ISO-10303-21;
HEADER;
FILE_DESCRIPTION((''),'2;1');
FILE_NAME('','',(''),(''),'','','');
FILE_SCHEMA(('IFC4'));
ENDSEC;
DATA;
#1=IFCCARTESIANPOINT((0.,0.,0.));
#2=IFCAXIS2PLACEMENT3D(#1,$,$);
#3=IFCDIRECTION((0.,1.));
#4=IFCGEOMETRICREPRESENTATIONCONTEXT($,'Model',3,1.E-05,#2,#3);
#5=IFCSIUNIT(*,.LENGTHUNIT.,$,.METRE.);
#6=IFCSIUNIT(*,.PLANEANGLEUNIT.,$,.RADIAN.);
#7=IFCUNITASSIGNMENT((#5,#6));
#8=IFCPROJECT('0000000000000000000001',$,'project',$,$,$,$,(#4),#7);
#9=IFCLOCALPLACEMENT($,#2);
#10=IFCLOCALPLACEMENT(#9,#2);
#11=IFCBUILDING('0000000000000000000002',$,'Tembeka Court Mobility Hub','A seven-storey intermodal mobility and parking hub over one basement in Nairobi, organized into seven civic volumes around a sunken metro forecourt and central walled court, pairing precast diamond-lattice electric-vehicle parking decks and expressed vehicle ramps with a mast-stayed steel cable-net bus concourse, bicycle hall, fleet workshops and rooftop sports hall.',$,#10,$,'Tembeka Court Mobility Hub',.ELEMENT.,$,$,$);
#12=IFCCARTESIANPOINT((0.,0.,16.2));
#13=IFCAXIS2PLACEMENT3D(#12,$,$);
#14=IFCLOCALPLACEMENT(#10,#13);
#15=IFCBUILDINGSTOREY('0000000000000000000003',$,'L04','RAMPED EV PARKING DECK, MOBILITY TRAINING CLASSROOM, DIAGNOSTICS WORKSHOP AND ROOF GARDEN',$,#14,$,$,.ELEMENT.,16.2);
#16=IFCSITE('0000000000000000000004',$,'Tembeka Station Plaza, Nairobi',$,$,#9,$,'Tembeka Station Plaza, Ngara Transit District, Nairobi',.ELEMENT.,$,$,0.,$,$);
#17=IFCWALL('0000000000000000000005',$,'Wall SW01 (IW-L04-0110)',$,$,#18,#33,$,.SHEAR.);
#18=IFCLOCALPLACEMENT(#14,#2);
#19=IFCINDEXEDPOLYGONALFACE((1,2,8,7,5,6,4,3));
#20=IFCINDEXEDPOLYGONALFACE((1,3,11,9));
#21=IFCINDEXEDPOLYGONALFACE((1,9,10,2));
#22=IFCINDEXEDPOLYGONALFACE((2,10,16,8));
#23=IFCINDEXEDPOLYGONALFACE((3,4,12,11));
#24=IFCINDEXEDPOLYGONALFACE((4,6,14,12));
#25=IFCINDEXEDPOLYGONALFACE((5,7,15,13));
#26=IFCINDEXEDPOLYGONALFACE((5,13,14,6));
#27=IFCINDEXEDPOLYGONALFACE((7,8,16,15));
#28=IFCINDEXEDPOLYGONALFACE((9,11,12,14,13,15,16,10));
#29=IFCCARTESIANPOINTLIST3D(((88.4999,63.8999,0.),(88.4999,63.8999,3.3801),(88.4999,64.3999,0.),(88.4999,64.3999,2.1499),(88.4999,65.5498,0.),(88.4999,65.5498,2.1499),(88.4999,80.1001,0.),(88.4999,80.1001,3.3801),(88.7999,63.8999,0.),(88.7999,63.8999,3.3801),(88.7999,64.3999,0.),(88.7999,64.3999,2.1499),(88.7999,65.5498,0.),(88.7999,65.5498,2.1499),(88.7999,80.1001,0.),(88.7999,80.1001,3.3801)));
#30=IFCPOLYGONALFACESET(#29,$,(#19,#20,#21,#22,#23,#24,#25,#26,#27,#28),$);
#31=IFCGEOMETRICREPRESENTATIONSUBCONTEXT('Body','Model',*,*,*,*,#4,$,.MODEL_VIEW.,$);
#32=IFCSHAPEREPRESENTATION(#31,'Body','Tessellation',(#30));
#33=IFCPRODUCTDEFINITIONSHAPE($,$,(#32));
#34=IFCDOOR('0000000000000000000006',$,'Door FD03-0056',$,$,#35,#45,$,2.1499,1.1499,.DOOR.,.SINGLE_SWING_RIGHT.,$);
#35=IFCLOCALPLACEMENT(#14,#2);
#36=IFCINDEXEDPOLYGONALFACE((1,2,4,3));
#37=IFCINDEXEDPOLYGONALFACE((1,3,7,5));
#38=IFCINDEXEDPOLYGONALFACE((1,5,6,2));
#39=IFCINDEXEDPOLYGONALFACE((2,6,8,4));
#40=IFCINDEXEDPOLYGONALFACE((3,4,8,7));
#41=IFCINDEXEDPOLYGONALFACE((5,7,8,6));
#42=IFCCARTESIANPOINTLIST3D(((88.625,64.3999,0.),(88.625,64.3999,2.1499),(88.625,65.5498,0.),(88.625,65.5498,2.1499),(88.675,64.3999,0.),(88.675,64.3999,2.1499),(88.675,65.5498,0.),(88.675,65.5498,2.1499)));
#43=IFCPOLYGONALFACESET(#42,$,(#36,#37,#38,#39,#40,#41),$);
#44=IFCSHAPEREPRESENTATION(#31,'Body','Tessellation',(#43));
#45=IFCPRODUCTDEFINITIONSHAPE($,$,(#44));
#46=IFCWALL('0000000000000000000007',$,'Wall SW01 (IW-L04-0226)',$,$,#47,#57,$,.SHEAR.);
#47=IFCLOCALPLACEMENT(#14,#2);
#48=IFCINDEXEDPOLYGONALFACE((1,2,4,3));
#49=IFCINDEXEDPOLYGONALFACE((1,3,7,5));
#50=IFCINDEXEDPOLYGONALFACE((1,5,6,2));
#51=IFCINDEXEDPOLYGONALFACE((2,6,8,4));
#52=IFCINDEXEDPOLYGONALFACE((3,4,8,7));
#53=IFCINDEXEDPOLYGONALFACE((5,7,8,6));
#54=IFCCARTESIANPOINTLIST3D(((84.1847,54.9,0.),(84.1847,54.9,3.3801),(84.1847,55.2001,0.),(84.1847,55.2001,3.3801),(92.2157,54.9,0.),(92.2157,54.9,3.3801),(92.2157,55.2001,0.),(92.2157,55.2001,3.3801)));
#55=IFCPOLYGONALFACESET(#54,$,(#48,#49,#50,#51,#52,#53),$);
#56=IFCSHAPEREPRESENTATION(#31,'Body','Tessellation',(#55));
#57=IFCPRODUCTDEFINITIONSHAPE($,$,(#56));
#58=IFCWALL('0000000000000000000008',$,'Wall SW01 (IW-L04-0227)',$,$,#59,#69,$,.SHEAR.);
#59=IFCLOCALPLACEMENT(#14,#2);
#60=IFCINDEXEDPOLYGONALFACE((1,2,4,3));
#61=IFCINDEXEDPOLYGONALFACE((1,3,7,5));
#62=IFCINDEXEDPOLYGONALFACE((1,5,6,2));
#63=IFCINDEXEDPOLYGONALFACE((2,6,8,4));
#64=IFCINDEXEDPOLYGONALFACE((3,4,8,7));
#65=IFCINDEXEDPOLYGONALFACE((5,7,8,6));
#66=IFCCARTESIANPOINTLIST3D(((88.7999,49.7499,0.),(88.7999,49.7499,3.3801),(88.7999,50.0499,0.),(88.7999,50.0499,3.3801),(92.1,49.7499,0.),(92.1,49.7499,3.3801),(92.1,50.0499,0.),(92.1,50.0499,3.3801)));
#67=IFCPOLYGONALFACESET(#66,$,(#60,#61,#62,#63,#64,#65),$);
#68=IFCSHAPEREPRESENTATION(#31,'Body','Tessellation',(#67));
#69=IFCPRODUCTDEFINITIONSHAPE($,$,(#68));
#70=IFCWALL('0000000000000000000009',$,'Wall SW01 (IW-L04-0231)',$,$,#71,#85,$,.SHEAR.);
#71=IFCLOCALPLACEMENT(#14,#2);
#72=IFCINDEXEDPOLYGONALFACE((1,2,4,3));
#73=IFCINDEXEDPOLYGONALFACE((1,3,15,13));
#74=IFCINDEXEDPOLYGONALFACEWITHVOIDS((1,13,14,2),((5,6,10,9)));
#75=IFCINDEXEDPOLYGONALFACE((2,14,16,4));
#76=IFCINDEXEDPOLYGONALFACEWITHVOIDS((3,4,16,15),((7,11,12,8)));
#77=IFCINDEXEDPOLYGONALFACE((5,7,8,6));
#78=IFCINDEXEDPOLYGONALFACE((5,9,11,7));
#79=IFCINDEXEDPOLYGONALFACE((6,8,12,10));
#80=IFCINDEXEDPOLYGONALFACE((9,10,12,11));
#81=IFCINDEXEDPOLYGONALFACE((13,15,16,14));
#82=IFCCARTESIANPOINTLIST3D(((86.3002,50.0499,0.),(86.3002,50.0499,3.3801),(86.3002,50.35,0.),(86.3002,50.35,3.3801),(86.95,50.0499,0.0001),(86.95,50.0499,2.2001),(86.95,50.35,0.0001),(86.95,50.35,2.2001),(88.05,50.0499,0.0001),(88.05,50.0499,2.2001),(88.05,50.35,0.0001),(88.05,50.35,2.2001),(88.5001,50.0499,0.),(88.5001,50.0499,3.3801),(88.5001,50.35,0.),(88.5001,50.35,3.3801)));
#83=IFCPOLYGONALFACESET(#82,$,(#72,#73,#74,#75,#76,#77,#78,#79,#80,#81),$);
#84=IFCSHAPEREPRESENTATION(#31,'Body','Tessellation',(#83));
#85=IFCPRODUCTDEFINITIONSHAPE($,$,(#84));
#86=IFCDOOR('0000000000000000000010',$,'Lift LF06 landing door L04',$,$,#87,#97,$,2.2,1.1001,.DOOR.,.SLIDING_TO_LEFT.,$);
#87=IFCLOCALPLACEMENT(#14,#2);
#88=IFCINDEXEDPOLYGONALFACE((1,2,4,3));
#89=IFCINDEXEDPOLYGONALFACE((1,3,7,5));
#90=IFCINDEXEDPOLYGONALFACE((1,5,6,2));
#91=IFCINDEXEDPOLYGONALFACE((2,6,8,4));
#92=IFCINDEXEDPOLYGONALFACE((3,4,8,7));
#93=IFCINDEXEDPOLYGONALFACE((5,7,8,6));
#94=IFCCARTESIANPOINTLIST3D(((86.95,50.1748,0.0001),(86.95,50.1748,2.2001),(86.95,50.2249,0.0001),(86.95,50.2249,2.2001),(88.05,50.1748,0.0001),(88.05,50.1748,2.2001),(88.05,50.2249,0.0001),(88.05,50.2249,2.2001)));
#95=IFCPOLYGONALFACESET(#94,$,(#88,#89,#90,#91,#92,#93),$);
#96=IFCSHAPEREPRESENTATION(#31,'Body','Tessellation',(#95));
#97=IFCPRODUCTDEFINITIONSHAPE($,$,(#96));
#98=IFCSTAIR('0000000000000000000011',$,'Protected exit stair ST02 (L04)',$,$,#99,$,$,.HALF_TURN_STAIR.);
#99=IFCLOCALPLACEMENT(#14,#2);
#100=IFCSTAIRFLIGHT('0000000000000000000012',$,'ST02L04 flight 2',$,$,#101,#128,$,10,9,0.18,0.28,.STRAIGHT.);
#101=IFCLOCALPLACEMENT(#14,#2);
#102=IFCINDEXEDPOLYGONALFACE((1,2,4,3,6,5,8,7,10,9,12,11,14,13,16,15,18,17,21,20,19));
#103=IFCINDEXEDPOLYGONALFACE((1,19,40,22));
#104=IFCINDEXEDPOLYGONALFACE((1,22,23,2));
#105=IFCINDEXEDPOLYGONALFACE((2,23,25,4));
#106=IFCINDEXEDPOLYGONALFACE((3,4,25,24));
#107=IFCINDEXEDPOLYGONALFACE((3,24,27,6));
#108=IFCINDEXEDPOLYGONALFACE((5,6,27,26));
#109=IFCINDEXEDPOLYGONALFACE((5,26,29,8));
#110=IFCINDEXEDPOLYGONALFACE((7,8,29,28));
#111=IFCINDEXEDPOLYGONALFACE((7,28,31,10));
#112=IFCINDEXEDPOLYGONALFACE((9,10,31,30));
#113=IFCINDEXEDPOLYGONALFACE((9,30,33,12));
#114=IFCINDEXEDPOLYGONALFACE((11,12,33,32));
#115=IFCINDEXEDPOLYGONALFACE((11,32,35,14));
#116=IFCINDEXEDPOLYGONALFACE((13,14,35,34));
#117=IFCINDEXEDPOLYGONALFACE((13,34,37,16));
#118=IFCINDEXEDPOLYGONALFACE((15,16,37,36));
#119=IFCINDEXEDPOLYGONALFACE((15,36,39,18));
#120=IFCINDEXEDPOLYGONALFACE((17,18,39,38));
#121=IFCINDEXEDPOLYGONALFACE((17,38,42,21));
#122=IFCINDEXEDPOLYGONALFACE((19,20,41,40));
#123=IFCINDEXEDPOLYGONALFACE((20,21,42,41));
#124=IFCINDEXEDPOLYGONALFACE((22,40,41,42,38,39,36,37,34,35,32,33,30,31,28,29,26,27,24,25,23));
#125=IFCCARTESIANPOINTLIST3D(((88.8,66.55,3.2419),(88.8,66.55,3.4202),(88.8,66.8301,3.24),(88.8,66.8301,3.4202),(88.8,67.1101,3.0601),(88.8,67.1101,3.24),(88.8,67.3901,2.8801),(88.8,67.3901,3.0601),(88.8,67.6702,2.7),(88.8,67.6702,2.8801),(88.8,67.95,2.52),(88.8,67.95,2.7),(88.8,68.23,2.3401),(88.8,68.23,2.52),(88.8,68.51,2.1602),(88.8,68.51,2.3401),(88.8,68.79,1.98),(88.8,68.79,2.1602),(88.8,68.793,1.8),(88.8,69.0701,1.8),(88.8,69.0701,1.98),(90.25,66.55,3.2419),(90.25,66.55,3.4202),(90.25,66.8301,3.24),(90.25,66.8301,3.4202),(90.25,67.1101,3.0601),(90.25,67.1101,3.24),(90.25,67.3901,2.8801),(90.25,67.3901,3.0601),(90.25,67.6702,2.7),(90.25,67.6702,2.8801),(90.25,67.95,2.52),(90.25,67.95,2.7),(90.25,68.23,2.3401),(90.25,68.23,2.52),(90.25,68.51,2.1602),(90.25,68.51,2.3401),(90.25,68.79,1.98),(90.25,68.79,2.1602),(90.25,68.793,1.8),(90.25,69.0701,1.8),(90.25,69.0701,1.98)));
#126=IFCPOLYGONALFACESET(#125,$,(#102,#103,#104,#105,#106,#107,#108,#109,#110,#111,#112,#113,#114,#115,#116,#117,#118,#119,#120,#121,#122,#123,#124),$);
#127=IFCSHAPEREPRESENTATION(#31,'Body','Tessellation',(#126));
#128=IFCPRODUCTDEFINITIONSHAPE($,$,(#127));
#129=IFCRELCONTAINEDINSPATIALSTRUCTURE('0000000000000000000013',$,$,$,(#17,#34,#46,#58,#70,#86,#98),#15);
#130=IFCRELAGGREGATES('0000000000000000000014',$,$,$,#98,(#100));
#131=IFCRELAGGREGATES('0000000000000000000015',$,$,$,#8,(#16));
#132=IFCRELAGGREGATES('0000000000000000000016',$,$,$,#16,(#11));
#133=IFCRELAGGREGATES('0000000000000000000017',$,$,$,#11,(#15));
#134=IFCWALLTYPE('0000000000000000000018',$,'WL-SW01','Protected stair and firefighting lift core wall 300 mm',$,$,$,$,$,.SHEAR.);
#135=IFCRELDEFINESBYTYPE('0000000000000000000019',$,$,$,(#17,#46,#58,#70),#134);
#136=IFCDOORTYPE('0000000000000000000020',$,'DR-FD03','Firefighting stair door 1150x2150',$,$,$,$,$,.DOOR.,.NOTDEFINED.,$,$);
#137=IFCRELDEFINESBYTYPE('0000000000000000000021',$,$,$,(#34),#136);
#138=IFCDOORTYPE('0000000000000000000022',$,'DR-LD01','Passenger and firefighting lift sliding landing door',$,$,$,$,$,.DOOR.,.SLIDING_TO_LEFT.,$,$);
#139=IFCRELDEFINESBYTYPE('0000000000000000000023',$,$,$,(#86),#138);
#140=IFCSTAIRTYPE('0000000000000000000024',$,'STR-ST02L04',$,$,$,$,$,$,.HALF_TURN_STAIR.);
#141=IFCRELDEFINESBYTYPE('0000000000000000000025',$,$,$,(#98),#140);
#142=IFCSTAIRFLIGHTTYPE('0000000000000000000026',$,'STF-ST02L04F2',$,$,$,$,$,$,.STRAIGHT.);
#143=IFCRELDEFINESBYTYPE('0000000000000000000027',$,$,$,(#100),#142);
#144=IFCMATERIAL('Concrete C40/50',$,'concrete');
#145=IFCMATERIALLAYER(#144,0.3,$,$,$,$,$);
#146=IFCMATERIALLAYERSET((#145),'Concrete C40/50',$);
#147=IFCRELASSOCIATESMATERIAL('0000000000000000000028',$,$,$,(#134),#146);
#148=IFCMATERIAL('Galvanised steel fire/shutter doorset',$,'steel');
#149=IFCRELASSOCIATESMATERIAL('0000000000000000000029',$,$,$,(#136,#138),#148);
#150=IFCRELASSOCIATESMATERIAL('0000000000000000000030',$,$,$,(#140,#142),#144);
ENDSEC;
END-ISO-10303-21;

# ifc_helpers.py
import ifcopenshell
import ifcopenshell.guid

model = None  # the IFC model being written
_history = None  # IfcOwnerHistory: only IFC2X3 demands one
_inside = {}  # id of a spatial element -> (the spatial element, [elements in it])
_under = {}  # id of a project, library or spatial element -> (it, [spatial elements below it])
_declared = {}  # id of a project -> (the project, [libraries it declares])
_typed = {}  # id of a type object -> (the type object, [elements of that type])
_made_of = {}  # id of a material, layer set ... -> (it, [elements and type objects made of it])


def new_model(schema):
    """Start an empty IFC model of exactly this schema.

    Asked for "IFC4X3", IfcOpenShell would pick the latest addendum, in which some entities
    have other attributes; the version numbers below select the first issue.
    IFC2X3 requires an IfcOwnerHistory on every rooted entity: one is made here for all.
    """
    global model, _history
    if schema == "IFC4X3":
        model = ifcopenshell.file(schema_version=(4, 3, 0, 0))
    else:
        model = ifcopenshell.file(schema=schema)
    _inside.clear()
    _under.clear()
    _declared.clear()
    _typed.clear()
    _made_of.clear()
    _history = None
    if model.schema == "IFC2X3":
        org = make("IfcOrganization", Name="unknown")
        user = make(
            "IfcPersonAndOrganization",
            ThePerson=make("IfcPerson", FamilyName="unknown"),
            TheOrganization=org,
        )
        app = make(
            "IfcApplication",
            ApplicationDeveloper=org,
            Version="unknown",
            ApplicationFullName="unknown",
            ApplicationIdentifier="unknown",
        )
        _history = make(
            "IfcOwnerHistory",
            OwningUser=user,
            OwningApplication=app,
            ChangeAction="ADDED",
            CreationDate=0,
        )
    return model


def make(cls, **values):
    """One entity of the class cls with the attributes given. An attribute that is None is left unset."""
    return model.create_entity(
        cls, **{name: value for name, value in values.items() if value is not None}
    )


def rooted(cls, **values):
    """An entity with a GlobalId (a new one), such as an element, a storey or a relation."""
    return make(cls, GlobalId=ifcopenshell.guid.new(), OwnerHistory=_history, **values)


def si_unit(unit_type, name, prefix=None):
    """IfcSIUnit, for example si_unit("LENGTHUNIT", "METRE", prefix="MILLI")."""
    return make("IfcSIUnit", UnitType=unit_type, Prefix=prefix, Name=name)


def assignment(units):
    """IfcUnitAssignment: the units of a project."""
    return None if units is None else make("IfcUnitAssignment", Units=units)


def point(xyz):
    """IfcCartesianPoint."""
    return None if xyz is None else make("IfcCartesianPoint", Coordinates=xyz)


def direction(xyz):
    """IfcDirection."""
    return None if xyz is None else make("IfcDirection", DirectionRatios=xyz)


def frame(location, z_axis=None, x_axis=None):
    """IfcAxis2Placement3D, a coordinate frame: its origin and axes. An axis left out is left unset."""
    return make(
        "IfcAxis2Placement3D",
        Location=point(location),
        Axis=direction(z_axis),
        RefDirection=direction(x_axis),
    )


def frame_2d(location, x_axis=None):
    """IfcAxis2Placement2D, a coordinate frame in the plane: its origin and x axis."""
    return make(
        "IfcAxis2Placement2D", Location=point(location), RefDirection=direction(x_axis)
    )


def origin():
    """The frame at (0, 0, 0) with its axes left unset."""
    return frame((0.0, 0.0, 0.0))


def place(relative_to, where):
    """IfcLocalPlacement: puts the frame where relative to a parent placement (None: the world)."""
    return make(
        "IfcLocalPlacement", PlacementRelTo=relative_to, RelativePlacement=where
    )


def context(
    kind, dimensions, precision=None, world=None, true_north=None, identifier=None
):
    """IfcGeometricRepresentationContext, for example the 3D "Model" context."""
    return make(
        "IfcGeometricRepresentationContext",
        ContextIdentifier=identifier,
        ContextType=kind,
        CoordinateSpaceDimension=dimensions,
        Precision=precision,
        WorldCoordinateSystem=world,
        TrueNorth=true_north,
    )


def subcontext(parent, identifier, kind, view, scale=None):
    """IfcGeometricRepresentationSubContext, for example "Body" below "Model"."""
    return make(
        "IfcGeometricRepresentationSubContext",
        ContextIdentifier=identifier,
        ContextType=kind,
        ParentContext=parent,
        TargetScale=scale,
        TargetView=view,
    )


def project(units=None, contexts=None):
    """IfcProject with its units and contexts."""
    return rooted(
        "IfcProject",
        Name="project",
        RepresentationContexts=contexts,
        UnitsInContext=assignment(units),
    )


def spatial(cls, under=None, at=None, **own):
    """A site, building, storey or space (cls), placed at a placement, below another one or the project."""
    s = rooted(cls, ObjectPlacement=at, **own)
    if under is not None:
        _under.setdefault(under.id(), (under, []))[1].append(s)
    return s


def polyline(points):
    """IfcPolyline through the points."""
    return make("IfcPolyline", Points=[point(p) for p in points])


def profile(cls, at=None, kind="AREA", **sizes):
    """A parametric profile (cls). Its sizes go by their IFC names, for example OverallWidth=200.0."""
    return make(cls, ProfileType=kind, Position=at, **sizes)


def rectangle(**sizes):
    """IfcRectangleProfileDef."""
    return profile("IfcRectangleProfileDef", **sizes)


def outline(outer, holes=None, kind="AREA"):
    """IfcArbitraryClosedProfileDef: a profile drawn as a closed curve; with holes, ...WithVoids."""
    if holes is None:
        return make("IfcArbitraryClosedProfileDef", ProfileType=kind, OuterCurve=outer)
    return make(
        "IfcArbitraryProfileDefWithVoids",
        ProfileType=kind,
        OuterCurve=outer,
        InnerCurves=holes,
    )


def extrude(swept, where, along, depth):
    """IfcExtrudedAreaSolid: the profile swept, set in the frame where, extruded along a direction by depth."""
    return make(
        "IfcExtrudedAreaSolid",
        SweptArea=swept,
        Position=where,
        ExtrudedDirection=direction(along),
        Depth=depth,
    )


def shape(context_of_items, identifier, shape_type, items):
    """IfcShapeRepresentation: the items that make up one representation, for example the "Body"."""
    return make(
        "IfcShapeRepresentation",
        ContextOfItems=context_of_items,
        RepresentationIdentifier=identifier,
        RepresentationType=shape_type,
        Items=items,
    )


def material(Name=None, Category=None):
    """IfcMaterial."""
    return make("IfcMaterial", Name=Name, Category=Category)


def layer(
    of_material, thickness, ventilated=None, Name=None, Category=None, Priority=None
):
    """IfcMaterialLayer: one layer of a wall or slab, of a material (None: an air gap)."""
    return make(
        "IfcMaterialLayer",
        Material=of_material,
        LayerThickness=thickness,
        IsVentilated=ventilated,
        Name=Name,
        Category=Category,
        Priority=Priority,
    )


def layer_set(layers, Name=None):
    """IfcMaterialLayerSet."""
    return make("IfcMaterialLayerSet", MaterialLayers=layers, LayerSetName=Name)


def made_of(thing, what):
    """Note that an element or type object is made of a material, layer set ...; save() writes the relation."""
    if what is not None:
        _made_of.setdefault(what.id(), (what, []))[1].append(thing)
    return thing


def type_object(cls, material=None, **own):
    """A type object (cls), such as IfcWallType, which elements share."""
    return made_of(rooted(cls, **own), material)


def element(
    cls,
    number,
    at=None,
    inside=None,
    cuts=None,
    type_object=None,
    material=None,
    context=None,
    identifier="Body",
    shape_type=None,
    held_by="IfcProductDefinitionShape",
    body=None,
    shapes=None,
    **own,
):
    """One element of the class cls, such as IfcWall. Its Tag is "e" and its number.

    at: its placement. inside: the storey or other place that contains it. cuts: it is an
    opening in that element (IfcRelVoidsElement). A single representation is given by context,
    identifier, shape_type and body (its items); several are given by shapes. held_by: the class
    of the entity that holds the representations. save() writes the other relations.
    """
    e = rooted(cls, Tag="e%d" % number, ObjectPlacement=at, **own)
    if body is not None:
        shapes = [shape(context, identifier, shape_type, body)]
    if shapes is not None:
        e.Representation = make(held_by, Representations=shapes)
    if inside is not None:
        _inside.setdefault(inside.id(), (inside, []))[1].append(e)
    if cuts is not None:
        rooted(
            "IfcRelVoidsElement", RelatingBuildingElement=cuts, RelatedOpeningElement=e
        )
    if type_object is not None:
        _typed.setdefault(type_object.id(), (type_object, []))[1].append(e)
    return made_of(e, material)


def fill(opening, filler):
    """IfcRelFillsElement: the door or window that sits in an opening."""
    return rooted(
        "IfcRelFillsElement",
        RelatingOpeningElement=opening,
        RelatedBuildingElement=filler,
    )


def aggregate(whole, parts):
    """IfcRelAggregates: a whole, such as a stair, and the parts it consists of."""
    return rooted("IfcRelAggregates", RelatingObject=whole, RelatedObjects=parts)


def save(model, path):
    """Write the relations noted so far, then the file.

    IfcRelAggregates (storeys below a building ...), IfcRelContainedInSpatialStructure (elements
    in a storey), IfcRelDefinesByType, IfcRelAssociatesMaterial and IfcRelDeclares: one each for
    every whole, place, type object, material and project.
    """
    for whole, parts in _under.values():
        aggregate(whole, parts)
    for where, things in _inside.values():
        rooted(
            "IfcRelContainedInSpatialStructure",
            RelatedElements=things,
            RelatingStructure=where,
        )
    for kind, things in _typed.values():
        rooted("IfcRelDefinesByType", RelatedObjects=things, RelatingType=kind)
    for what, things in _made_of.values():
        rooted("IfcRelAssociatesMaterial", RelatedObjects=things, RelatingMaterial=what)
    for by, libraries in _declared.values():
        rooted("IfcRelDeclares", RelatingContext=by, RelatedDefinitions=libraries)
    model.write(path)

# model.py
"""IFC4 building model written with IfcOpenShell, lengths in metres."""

from ifc_helpers import new_model, si_unit, direction, frame, frame_2d, origin, place, context, subcontext, project, spatial, polyline, rectangle, outline, extrude, material, layer, layer_set, type_object, element, fill, aggregate, save


model = new_model("IFC4")

# Units and contexts
model_context = context("Model", 3, precision=1e-05, world=origin(), true_north=direction((0.0, 1.0)))
body_context = subcontext(model_context, "Body", "Model", "MODEL_VIEW")
ifc_project = project(units=[si_unit("LENGTHUNIT", "METRE"), si_unit("PLANEANGLEUNIT", "RADIAN")], contexts=[model_context])

# Site, building, storey
site_placement = place(None, origin())
site = spatial("IfcSite", under=ifc_project, at=site_placement, Name="Tembeka Station Plaza, Nairobi", LongName="Tembeka Station Plaza, Ngara Transit District, Nairobi", CompositionType="ELEMENT", RefElevation=0.0)
building_placement = place(site_placement, origin())
building = spatial("IfcBuilding", under=site, at=building_placement, Name="Tembeka Court Mobility Hub", Description="A seven-storey intermodal mobility and parking hub over one basement in Nairobi, organized into seven civic volumes around a sunken metro forecourt and central walled court, pairing precast diamond-lattice electric-vehicle parking decks and expressed vehicle ramps with a mast-stayed steel cable-net bus concourse, bicycle hall, fleet workshops and rooftop sports hall.", LongName="Tembeka Court Mobility Hub", CompositionType="ELEMENT")
storey_placement = place(building_placement, frame((0.0, 0.0, 16.2)))
storey = spatial("IfcBuildingStorey", under=building, at=storey_placement, Name="L04", Description="RAMPED EV PARKING DECK, MOBILITY TRAINING CLASSROOM, DIAGNOSTICS WORKSHOP AND ROOF GARDEN", CompositionType="ELEMENT", Elevation=16.2)

# Shared definitions
ifc_material_1 = material(Name="Concrete C40/50", Category="concrete")
ifc_layer_1 = layer(ifc_material_1, 0.3)
ifc_layer_set_1 = layer_set([ifc_layer_1], Name="Concrete C40/50")
wall_type_1 = type_object("IfcWallType", Name="WL-SW01", Description="Protected stair and firefighting lift core wall 300 mm", PredefinedType="SHEAR", material=ifc_layer_set_1)

# Wall, opening, door
ifc_material_2 = material(Name="Galvanised steel fire/shutter doorset", Category="steel")
wall_1_placement = place(storey_placement, frame((88.6499, 63.8999, 0.0), z_axis=(0.0, 0.0, 1.0), x_axis=(0.0, 1.0, 0.0)))
wall_1 = element("IfcWall", 1, at=wall_1_placement, inside=storey, type_object=wall_type_1, Name="Wall SW01 (IW-L04-0110)", PredefinedType="SHEAR", context=body_context, shape_type="SweptSolid", body=[
    extrude(rectangle(XDim=16.2002, YDim=0.3, at=frame_2d((8.1001, 0.0))), origin(), (0.0, 0.0, 1.0), 3.3801),
])
opening_1_placement = place(wall_1_placement, frame((0.5, 0.0, 0.0)))
opening_1 = element("IfcOpeningElement", 2, at=opening_1_placement, cuts=wall_1, PredefinedType="OPENING", context=body_context, shape_type="SweptSolid", body=[
    extrude(rectangle(XDim=1.1499, YDim=2.1499, at=frame_2d((0.575, 1.075))), frame((0.0, 0.1602, 0.0), z_axis=(0.0, -1.0, 0.0), x_axis=(1.0, 0.0, 0.0)), (0.0, 0.0, 1.0), 0.3201),
])
door_type_1 = type_object("IfcDoorType", Name="DR-FD03", Description="Firefighting stair door 1150x2150", OperationType="NOTDEFINED", PredefinedType="DOOR", material=ifc_material_2)
door_1_placement = place(opening_1_placement, origin())
door_1 = element("IfcDoor", 3, at=door_1_placement, inside=storey, type_object=door_type_1, Name="Door FD03-0056", OperationType="SINGLE_SWING_RIGHT", OverallHeight=2.1499, OverallWidth=1.1499, PredefinedType="DOOR", context=body_context, shape_type="SweptSolid", body=[
    extrude(rectangle(XDim=1.1499, YDim=2.1499, at=frame_2d((0.575, 1.075))), frame((0.0, 0.0249, 0.0), z_axis=(0.0, -1.0, 0.0), x_axis=(1.0, 0.0, 0.0)), (0.0, 0.0, 1.0), 0.05),
])
fill(opening_1, door_1)

# Walls
wall_2_placement = place(storey_placement, frame((84.1846, 55.05, 0.0), z_axis=(0.0, 0.0, 1.0), x_axis=(1.0, 0.0, 0.0)))
element("IfcWall", 4, at=wall_2_placement, inside=storey, type_object=wall_type_1, Name="Wall SW01 (IW-L04-0226)", PredefinedType="SHEAR", context=body_context, shape_type="SweptSolid", body=[
    extrude(rectangle(XDim=8.031, YDim=0.3, at=frame_2d((4.0156, 0.0))), origin(), (0.0, 0.0, 1.0), 3.3801),
])
wall_3_placement = place(storey_placement, frame((88.8, 49.8999, 0.0), z_axis=(0.0, 0.0, 1.0), x_axis=(1.0, 0.0, 0.0)))
element("IfcWall", 5, at=wall_3_placement, inside=storey, type_object=wall_type_1, Name="Wall SW01 (IW-L04-0227)", PredefinedType="SHEAR", context=body_context, shape_type="SweptSolid", body=[
    extrude(rectangle(XDim=3.3, YDim=0.3, at=frame_2d((1.6499, 0.0))), origin(), (0.0, 0.0, 1.0), 3.3801),
])

# Wall, opening, door
wall_4_placement = place(storey_placement, frame((86.3, 50.2, 0.0), z_axis=(0.0, 0.0, 1.0), x_axis=(1.0, 0.0, 0.0)))
wall_4 = element("IfcWall", 6, at=wall_4_placement, inside=storey, type_object=wall_type_1, Name="Wall SW01 (IW-L04-0231)", PredefinedType="SHEAR", context=body_context, shape_type="SweptSolid", body=[
    extrude(rectangle(XDim=2.2, YDim=0.3, at=frame_2d((1.1001, 0.0))), origin(), (0.0, 0.0, 1.0), 3.3801),
])
opening_2_placement = place(wall_4_placement, frame((0.6499, 0.0, 0.0)))
opening_2 = element("IfcOpeningElement", 7, at=opening_2_placement, cuts=wall_4, PredefinedType="OPENING", context=body_context, shape_type="SweptSolid", body=[
    extrude(rectangle(XDim=1.1001, YDim=2.2, at=frame_2d((0.55, 1.1001))), frame((0.0, 0.1602, 0.0), z_axis=(0.0, -1.0, 0.0), x_axis=(1.0, 0.0, 0.0)), (0.0, 0.0, 1.0), 0.3201),
])
door_type_2 = type_object("IfcDoorType", Name="DR-LD01", Description="Passenger and firefighting lift sliding landing door", OperationType="SLIDING_TO_LEFT", PredefinedType="DOOR", material=ifc_material_2)
door_2_placement = place(opening_2_placement, origin())
door_2 = element("IfcDoor", 8, at=door_2_placement, inside=storey, type_object=door_type_2, Name="Lift LF06 landing door L04", OperationType="SLIDING_TO_LEFT", OverallHeight=2.2, OverallWidth=1.1001, PredefinedType="DOOR", context=body_context, shape_type="SweptSolid", body=[
    extrude(rectangle(XDim=1.1001, YDim=2.2, at=frame_2d((0.55, 1.1001))), frame((0.0, 0.0249, 0.0), z_axis=(0.0, -1.0, 0.0), x_axis=(1.0, 0.0, 0.0)), (0.0, 0.0, 1.0), 0.05),
])
fill(opening_2, door_2)

# Stair, stair flight
stair_type = type_object("IfcStairType", Name="STR-ST02L04", PredefinedType="HALF_TURN_STAIR", material=ifc_material_1)
stair_placement = place(storey_placement, origin())
stair = element("IfcStair", 9, at=stair_placement, inside=storey, type_object=stair_type, Name="Protected exit stair ST02 (L04)", PredefinedType="HALF_TURN_STAIR")
stair_flight_type = type_object("IfcStairFlightType", Name="STF-ST02L04F2", PredefinedType="STRAIGHT", material=ifc_material_1)
stair_flight_placement = place(storey_placement, frame((89.5249, 69.0701, 1.8), z_axis=(0.0, 0.0, 1.0), x_axis=(0.0, -1.0, 0.0)))
stair_flight = element("IfcStairFlight", 10, at=stair_flight_placement, type_object=stair_flight_type, Name="ST02L04 flight 2", NumberOfRisers=10, NumberOfTreads=9, PredefinedType="STRAIGHT", RiserHeight=0.18, TreadLength=0.28, context=body_context, shape_type="SweptSolid", body=[
    extrude(outline(polyline([(0.0, 0.0), (0.0, 0.1799), (0.28, 0.1799), (0.28, 0.3601), (0.5601, 0.3601), (0.5601, 0.54), (0.8401, 0.54), (0.8401, 0.72), (1.1201, 0.72), (1.1201, 0.8999), (1.3999, 0.8999), (1.3999, 1.0801), (1.6799, 1.0801), (1.6799, 1.26), (1.96, 1.26), (1.96, 1.4399), (2.24, 1.4399), (2.24, 1.6201), (2.52, 1.6201), (2.52, 1.8), (2.52, 1.4419), (0.2771, 0.0), (0.0, 0.0)])), frame((0.0, 0.7251, 0.0), z_axis=(0.0, -1.0, 0.0), x_axis=(1.0, 0.0, 0.0)), (0.0, 0.0, 1.0), 1.45),
])
aggregate(stair, [stair_flight])

save(model, "model.ifc")
